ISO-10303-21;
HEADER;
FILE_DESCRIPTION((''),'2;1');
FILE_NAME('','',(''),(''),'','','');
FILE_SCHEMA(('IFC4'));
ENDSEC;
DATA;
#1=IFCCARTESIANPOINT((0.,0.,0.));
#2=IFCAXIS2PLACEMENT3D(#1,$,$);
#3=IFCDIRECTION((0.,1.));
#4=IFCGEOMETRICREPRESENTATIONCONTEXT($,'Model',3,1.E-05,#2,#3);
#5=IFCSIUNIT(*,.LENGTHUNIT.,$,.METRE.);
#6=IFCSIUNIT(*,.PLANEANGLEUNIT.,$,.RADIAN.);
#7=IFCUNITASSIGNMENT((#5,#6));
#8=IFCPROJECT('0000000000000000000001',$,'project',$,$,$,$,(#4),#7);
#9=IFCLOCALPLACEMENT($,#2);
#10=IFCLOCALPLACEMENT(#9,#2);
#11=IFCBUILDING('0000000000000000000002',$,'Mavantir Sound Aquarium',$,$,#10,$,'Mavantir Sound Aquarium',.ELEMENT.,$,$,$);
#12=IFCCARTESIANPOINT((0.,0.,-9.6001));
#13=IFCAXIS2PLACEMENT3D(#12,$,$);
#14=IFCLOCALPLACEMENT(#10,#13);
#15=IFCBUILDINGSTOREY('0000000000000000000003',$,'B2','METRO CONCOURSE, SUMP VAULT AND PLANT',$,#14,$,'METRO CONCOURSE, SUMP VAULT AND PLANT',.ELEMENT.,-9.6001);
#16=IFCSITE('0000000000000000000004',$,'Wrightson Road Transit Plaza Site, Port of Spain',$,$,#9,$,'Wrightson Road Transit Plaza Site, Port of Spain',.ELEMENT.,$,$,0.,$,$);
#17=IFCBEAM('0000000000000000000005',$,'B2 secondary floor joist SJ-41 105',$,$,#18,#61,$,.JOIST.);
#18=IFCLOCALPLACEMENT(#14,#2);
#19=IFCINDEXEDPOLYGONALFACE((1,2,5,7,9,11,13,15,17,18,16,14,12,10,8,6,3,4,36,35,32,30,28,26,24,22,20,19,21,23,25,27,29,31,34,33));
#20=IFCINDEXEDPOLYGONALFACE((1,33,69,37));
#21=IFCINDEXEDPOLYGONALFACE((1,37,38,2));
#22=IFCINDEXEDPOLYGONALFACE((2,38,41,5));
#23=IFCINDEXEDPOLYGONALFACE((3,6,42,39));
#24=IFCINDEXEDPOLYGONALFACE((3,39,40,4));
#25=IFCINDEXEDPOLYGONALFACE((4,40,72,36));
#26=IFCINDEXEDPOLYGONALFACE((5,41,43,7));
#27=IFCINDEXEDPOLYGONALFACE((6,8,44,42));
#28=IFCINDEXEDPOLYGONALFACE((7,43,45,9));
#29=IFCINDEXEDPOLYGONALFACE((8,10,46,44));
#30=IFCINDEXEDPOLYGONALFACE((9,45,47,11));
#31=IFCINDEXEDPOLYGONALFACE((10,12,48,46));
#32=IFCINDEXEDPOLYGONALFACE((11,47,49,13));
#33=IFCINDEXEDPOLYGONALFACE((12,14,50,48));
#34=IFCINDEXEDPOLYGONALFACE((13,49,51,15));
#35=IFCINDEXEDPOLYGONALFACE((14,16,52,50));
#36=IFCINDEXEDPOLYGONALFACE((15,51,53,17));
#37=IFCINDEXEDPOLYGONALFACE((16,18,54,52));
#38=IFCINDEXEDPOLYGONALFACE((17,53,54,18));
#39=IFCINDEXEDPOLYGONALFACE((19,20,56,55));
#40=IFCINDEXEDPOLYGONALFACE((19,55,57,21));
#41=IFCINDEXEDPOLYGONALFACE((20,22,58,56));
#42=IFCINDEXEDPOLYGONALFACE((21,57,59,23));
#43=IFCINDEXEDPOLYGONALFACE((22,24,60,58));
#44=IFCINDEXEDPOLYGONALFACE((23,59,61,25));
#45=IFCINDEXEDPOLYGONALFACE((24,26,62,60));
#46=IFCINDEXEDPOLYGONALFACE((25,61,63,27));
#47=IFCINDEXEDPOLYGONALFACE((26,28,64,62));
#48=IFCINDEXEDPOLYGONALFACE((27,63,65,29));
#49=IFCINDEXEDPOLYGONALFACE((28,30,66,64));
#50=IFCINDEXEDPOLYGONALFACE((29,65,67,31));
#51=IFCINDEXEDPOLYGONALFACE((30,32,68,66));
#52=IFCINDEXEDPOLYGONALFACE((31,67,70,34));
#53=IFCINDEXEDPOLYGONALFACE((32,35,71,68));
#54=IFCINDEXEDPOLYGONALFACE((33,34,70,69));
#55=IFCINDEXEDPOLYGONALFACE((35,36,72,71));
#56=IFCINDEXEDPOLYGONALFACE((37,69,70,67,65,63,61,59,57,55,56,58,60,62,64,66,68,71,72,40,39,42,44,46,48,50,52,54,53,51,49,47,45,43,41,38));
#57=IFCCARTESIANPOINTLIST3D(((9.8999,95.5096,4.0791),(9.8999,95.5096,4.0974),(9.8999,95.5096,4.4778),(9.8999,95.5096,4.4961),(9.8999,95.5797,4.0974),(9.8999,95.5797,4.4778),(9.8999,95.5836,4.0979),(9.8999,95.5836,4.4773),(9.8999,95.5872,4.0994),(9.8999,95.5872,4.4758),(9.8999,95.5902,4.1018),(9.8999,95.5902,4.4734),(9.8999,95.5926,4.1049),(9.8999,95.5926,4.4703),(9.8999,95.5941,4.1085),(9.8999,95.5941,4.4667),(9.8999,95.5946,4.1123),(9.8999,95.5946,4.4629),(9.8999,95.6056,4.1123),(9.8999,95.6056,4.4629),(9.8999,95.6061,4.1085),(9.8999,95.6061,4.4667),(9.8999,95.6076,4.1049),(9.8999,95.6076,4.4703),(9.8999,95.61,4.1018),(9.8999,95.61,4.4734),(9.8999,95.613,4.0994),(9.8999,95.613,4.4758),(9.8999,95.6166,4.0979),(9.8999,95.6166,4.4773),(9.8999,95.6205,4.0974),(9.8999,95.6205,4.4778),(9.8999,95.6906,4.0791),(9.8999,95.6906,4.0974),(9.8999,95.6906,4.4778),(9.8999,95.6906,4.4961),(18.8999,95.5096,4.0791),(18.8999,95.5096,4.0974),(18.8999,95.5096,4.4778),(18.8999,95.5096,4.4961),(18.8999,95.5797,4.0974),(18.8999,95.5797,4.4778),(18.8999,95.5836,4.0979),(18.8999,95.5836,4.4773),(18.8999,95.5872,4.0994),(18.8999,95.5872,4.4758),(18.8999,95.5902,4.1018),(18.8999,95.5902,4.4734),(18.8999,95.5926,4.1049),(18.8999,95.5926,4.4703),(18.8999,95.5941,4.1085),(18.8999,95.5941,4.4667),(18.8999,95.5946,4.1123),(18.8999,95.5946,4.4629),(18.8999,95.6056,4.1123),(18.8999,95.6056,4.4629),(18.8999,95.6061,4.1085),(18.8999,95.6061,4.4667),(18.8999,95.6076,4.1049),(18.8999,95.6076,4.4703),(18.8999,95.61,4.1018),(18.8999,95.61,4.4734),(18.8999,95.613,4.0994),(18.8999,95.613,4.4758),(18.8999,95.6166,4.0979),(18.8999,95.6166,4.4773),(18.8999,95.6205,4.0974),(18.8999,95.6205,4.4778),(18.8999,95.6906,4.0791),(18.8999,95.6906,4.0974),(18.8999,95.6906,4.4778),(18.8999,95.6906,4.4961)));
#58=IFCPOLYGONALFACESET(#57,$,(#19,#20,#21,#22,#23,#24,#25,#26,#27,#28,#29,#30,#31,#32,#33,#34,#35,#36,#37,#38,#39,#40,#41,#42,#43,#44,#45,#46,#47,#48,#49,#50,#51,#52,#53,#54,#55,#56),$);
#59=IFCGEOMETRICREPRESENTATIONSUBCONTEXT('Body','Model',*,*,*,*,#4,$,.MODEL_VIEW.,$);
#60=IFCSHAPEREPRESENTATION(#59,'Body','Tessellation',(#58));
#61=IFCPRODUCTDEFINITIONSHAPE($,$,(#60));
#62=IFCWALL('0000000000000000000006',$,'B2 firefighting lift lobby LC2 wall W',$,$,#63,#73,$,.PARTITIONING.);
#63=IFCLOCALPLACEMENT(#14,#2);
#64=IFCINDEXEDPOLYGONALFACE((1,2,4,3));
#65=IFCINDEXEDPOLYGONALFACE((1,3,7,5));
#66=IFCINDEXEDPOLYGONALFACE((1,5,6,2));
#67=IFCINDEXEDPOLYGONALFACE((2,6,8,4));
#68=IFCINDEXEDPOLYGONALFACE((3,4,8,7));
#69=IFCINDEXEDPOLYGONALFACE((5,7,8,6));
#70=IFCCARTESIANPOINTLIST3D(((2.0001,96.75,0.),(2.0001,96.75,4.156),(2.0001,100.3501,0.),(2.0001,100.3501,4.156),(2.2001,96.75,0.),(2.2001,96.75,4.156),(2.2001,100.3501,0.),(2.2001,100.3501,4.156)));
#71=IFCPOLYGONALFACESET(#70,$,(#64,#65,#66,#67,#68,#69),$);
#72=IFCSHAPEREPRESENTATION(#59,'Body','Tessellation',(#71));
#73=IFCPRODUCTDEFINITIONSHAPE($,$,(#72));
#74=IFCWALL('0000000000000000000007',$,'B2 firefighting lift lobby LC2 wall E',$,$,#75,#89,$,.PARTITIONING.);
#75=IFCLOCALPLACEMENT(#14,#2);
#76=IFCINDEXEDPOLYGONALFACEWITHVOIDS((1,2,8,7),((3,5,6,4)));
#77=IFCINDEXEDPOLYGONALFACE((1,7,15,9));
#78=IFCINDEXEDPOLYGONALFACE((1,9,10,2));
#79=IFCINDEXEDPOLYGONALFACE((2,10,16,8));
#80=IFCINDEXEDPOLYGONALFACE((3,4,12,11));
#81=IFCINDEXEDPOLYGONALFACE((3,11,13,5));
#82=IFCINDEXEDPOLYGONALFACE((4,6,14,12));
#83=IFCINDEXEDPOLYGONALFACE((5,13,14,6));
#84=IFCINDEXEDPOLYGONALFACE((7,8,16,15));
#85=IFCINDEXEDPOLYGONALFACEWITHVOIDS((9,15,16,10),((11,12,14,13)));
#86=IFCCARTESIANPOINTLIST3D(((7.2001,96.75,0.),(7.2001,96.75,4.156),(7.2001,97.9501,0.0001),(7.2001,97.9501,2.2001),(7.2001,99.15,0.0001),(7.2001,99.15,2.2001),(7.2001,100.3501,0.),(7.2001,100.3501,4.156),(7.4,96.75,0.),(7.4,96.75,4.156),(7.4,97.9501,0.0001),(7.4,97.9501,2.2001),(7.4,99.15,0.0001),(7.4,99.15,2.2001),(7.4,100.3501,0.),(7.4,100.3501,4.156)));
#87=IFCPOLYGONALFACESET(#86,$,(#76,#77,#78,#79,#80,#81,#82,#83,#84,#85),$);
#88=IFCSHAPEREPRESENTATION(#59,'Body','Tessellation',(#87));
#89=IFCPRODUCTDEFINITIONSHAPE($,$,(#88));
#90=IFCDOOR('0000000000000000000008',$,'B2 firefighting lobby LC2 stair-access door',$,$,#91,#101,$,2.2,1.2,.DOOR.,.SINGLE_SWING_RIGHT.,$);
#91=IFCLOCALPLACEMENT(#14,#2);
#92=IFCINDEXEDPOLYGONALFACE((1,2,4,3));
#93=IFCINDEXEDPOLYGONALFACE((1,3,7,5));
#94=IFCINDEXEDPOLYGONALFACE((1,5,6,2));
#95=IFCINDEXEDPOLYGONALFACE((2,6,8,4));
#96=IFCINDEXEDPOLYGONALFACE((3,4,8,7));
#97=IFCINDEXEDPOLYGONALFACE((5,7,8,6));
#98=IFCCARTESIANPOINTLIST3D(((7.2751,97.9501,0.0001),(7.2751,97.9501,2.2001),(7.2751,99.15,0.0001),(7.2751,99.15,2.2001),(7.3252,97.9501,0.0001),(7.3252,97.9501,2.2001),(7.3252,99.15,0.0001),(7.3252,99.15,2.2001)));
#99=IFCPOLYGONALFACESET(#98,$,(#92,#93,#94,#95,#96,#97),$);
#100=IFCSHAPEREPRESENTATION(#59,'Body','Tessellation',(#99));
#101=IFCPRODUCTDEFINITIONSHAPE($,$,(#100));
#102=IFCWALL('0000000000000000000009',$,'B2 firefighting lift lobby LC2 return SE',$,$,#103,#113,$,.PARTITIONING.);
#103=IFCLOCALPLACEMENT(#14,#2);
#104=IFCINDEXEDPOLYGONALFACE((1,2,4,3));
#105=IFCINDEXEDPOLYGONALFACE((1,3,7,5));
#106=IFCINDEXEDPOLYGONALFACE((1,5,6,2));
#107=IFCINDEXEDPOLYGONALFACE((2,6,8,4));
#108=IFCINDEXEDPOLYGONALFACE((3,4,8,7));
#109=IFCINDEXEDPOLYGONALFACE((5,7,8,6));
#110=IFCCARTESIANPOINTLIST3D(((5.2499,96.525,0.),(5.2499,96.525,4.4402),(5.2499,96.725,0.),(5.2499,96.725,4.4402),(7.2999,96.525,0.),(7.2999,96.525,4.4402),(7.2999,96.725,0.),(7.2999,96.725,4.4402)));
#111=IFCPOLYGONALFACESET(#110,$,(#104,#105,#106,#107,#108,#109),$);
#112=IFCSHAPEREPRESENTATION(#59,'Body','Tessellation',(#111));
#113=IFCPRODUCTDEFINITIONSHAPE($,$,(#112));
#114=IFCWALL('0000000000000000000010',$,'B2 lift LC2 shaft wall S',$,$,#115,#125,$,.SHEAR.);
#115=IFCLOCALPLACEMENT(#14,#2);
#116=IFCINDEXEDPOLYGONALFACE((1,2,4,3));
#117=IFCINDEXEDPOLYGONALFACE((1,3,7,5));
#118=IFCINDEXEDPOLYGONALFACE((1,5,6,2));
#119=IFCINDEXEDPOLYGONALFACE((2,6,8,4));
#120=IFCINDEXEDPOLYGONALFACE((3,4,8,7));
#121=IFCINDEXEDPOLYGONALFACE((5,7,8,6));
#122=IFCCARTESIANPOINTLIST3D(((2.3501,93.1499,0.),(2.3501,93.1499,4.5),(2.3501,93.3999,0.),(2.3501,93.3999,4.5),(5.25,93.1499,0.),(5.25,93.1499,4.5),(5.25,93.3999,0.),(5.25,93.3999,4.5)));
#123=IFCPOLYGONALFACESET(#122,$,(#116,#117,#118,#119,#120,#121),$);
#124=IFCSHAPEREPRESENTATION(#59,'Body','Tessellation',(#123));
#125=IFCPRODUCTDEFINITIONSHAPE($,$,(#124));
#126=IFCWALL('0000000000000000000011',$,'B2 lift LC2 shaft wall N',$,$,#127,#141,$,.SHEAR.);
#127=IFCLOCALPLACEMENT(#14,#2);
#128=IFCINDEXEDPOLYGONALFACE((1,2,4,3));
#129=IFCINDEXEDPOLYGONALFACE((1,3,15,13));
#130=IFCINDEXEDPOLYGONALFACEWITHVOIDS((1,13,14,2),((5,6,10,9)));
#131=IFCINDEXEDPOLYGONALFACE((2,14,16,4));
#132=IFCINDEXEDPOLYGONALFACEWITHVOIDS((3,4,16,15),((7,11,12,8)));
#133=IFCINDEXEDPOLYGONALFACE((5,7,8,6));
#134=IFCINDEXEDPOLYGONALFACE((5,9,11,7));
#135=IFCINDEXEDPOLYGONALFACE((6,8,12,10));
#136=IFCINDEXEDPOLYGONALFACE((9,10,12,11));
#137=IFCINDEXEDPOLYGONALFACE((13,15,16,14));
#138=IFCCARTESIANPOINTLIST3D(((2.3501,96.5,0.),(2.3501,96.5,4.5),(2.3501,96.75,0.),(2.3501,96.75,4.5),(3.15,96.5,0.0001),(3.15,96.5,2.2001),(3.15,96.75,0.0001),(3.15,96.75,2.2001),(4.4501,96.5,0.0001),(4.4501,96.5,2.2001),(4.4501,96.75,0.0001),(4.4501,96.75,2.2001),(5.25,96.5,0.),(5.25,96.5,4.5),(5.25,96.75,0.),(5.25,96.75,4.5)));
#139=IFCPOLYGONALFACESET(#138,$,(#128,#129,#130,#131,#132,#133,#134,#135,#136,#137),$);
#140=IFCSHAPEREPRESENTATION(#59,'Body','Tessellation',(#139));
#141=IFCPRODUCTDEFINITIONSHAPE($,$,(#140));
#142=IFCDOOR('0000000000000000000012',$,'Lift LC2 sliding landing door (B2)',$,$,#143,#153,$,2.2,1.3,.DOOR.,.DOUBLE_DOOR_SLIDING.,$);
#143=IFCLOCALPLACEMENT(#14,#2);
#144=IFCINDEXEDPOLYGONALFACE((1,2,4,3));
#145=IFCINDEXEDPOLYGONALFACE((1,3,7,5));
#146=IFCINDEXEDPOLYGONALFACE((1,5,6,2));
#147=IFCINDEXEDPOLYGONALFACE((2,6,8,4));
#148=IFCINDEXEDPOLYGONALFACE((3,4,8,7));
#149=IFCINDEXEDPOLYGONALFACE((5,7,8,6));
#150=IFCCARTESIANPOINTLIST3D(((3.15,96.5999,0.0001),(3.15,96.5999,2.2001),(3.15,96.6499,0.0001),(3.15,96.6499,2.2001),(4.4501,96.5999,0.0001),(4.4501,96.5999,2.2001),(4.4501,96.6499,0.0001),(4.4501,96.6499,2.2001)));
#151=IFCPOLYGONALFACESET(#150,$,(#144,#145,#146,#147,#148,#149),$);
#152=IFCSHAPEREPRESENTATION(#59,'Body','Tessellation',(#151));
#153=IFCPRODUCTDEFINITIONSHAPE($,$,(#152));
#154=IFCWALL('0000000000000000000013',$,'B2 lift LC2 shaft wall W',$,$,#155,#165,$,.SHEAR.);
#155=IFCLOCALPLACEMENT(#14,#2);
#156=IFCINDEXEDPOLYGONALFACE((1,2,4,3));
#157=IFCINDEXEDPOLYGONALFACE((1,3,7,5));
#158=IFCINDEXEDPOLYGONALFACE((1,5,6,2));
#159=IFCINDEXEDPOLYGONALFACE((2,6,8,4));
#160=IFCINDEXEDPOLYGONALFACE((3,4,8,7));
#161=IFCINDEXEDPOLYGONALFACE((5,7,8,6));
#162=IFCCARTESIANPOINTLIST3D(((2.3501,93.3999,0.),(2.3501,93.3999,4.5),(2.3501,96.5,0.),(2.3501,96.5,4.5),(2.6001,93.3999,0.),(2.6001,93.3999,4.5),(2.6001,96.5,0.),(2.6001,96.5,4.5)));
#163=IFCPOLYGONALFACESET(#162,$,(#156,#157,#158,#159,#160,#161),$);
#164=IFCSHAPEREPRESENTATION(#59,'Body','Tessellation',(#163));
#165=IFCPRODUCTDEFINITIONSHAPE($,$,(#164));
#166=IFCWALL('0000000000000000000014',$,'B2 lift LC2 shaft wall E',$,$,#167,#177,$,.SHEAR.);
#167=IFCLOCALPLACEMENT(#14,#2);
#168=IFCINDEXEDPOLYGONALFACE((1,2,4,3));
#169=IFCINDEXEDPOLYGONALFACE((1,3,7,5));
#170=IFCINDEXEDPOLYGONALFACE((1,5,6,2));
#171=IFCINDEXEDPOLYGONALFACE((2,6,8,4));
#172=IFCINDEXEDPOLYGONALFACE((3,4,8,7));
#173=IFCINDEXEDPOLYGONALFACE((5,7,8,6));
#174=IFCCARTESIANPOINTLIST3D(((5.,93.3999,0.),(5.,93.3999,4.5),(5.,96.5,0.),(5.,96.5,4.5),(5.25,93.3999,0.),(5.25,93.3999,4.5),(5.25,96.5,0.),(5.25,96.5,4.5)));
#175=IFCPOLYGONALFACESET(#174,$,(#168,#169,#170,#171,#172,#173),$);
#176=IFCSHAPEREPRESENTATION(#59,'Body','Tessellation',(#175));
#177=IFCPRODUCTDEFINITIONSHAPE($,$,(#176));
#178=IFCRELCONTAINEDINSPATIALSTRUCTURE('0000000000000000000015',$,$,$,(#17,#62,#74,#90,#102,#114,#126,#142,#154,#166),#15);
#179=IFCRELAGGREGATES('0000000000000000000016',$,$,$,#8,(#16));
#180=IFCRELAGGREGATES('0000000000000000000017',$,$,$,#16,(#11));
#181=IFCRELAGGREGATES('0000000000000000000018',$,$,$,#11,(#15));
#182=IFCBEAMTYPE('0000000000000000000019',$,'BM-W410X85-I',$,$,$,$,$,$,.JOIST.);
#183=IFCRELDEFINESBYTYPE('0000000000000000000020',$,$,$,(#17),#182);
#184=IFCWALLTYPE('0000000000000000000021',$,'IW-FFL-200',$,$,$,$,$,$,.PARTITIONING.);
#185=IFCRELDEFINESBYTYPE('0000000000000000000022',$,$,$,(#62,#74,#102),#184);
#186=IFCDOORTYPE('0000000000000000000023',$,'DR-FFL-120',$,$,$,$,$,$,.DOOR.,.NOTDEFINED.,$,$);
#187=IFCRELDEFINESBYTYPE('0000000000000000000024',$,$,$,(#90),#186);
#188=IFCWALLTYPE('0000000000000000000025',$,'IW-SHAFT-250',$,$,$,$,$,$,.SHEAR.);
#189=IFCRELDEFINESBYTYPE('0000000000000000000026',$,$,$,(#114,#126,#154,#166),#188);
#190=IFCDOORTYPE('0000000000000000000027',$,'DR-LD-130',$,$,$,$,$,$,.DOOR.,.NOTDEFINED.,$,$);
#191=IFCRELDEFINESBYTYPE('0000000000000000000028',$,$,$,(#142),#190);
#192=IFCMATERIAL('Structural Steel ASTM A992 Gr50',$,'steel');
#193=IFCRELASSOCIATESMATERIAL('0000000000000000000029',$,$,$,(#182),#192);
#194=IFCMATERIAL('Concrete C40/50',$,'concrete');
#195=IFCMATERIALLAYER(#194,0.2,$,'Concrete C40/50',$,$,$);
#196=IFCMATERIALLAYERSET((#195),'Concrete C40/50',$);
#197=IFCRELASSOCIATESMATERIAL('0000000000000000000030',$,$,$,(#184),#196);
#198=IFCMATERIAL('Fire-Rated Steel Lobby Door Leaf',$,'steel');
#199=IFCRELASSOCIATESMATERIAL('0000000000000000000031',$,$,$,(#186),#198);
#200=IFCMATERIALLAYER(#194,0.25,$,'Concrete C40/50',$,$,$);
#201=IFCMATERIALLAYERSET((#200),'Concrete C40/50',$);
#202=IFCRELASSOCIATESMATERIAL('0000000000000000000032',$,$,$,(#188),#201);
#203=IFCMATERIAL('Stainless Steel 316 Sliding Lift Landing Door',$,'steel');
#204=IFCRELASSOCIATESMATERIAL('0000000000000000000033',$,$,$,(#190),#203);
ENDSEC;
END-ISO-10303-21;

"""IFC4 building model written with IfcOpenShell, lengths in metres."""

from ifc_helpers import new_model, si_unit, direction, frame, frame_2d, origin, origin_2d, place, context, subcontext, project, spatial, rectangle, i_section, extrude, material, layer, layer_set, material_profile, profile_set, type_object, element, fill, save


model = new_model("IFC4")

# Units and contexts
model_context = context("Model", 3, precision=1e-05, world=origin(), true_north=direction((0.0, 1.0)))
body_context = subcontext(model_context, "Body", "Model", "MODEL_VIEW")
ifc_project = project(units=[si_unit("LENGTHUNIT", "METRE"), si_unit("PLANEANGLEUNIT", "RADIAN")], contexts=[model_context])

# Site, building, storey
site_placement = place(None, origin())
site = spatial("IfcSite", under=ifc_project, at=site_placement, Name="Wrightson Road Transit Plaza Site, Port of Spain", LongName="Wrightson Road Transit Plaza Site, Port of Spain", CompositionType="ELEMENT", RefElevation=0.0)
building_placement = place(site_placement, origin())
building = spatial("IfcBuilding", under=site, at=building_placement, Name="Mavantir Sound Aquarium", LongName="Mavantir Sound Aquarium", CompositionType="ELEMENT")
storey_placement = place(building_placement, frame((0.0, 0.0, -9.6001)))
storey = spatial("IfcBuildingStorey", under=building, at=storey_placement, Name="B2", Description="METRO CONCOURSE, SUMP VAULT AND PLANT", LongName="METRO CONCOURSE, SUMP VAULT AND PLANT", CompositionType="ELEMENT", Elevation=-9.6001)

# Shared definitions
ifc_material_1 = material(Name="Concrete C40/50", Category="concrete")

# Beam
ifc_material_2 = material(Name="Structural Steel ASTM A992 Gr50", Category="steel")
ifc_material_profile_1 = material_profile(ifc_material_2, i_section(OverallWidth=0.1809, OverallDepth=0.417, WebThickness=0.011, FlangeThickness=0.0183, FilletRadius=0.0149, at=origin_2d()), Name="W410X85")
ifc_profile_set_1 = profile_set([ifc_material_profile_1], Name="Structural Steel ASTM A992 Gr50")
beam_type_1 = type_object("IfcBeamType", Name="BM-W410X85-I", PredefinedType="JOIST", material=ifc_profile_set_1)
beam_1_placement = place(storey_placement, frame((9.8999, 95.6001, 4.2876), z_axis=(1.0, 0.0, 0.0), x_axis=(0.0, 1.0, 0.0)))
element("IfcBeam", 1, at=beam_1_placement, inside=storey, type_object=beam_type_1, Name="B2 secondary floor joist SJ-41 105", PredefinedType="JOIST", context=body_context, shape_type="SweptSolid", body=[
    extrude(i_section(OverallWidth=0.1809, OverallDepth=0.417, WebThickness=0.011, FlangeThickness=0.0183, FilletRadius=0.0149, at=origin_2d()), origin(), (0.0, 0.0, 1.0), 9.0),
])

# Wall
ifc_layer_1 = layer(ifc_material_1, 0.2, Name="Concrete C40/50")
ifc_layer_set_1 = layer_set([ifc_layer_1], Name="Concrete C40/50")
wall_type_1 = type_object("IfcWallType", Name="IW-FFL-200", PredefinedType="PARTITIONING", material=ifc_layer_set_1)
wall_1_placement = place(storey_placement, frame((2.1001, 96.75, 0.0), z_axis=(0.0, 0.0, 1.0), x_axis=(0.0, 1.0, 0.0)))
element("IfcWall", 2, at=wall_1_placement, inside=storey, type_object=wall_type_1, Name="B2 firefighting lift lobby LC2 wall W", PredefinedType="PARTITIONING", context=body_context, shape_type="SweptSolid", body=[
    extrude(rectangle(XDim=3.6001, YDim=0.2, at=frame_2d((1.8, 0.0))), origin(), (0.0, 0.0, 1.0), 4.156),
])

# Wall, opening, door
wall_2_placement = place(storey_placement, frame((7.3, 96.75, 0.0), z_axis=(0.0, 0.0, 1.0), x_axis=(0.0, 1.0, 0.0)))
wall_2 = element("IfcWall", 3, at=wall_2_placement, inside=storey, type_object=wall_type_1, Name="B2 firefighting lift lobby LC2 wall E", PredefinedType="PARTITIONING", context=body_context, shape_type="SweptSolid", body=[
    extrude(rectangle(XDim=3.6001, YDim=0.2, at=frame_2d((1.8, 0.0))), origin(), (0.0, 0.0, 1.0), 4.156),
])
opening_1_placement = place(wall_2_placement, frame((1.2, 0.0, 0.0)))
opening_1 = element("IfcOpeningElement", 4, at=opening_1_placement, cuts=wall_2, PredefinedType="OPENING", context=body_context, shape_type="SweptSolid", body=[
    extrude(rectangle(XDim=1.2, YDim=2.2, at=frame_2d((0.6001, 1.1001))), frame((0.0, 0.1099, 0.0), z_axis=(0.0, -1.0, 0.0), x_axis=(1.0, 0.0, 0.0)), (0.0, 0.0, 1.0), 0.22),
])
ifc_material_3 = material(Name="Fire-Rated Steel Lobby Door Leaf", Category="steel")
door_type_1 = type_object("IfcDoorType", Name="DR-FFL-120", OperationType="NOTDEFINED", PredefinedType="DOOR", material=ifc_material_3)
door_1_placement = place(opening_1_placement, origin())
door_1 = element("IfcDoor", 5, at=door_1_placement, inside=storey, type_object=door_type_1, Name="B2 firefighting lobby LC2 stair-access door", OperationType="SINGLE_SWING_RIGHT", OverallHeight=2.2, OverallWidth=1.2, PredefinedType="DOOR", context=body_context, shape_type="SweptSolid", body=[
    extrude(rectangle(XDim=1.2, YDim=2.2, at=frame_2d((0.6001, 1.1001))), frame((0.0, 0.0249, 0.0), z_axis=(0.0, -1.0, 0.0), x_axis=(1.0, 0.0, 0.0)), (0.0, 0.0, 1.0), 0.05),
])
fill(opening_1, door_1)

# Walls
wall_3_placement = place(storey_placement, frame((5.25, 96.625, 0.0), z_axis=(0.0, 0.0, 1.0), x_axis=(1.0, 0.0, 0.0)))
element("IfcWall", 6, at=wall_3_placement, inside=storey, type_object=wall_type_1, Name="B2 firefighting lift lobby LC2 return SE", PredefinedType="PARTITIONING", context=body_context, shape_type="SweptSolid", body=[
    extrude(rectangle(XDim=2.05, YDim=0.2, at=frame_2d((1.0249, 0.0))), origin(), (0.0, 0.0, 1.0), 4.4402),
])
ifc_layer_2 = layer(ifc_material_1, 0.25, Name="Concrete C40/50")
ifc_layer_set_2 = layer_set([ifc_layer_2], Name="Concrete C40/50")
wall_type_2 = type_object("IfcWallType", Name="IW-SHAFT-250", PredefinedType="SHEAR", material=ifc_layer_set_2)
wall_4_placement = place(storey_placement, frame((2.3501, 93.2749, 0.0), z_axis=(0.0, 0.0, 1.0), x_axis=(1.0, 0.0, 0.0)))
element("IfcWall", 7, at=wall_4_placement, inside=storey, type_object=wall_type_2, Name="B2 lift LC2 shaft wall S", PredefinedType="SHEAR", context=body_context, shape_type="SweptSolid", body=[
    extrude(rectangle(XDim=2.8999, YDim=0.25, at=frame_2d((1.45, 0.0))), origin(), (0.0, 0.0, 1.0), 4.5),
])

# Wall, opening, door
wall_5_placement = place(storey_placement, frame((2.3501, 96.625, 0.0), z_axis=(0.0, 0.0, 1.0), x_axis=(1.0, 0.0, 0.0)))
wall_5 = element("IfcWall", 8, at=wall_5_placement, inside=storey, type_object=wall_type_2, Name="B2 lift LC2 shaft wall N", PredefinedType="SHEAR", context=body_context, shape_type="SweptSolid", body=[
    extrude(rectangle(XDim=2.8999, YDim=0.25, at=frame_2d((1.45, 0.0))), origin(), (0.0, 0.0, 1.0), 4.5),
])
opening_2_placement = place(wall_5_placement, frame((0.8, 0.0, 0.0)))
opening_2 = element("IfcOpeningElement", 9, at=opening_2_placement, cuts=wall_5, PredefinedType="OPENING", context=body_context, shape_type="SweptSolid", body=[
    extrude(rectangle(XDim=1.3, YDim=2.2, at=frame_2d((0.6499, 1.1001))), frame((0.0, 0.135, 0.0), z_axis=(0.0, -1.0, 0.0), x_axis=(1.0, 0.0, 0.0)), (0.0, 0.0, 1.0), 0.27),
])
ifc_material_4 = material(Name="Stainless Steel 316 Sliding Lift Landing Door", Category="steel")
door_type_2 = type_object("IfcDoorType", Name="DR-LD-130", OperationType="NOTDEFINED", PredefinedType="DOOR", material=ifc_material_4)
door_2_placement = place(opening_2_placement, origin())
door_2 = element("IfcDoor", 10, at=door_2_placement, inside=storey, type_object=door_type_2, Name="Lift LC2 sliding landing door (B2)", OperationType="DOUBLE_DOOR_SLIDING", OverallHeight=2.2, OverallWidth=1.3, PredefinedType="DOOR", context=body_context, shape_type="SweptSolid", body=[
    extrude(rectangle(XDim=1.3, YDim=2.2, at=frame_2d((0.6499, 1.1001))), frame((0.0, 0.0249, 0.0), z_axis=(0.0, -1.0, 0.0), x_axis=(1.0, 0.0, 0.0)), (0.0, 0.0, 1.0), 0.05),
])
fill(opening_2, door_2)

# Walls
for number, where, z_axis, x_axis, name in (
    (11, (2.4751, 93.3999, 0.0), (0.0, 0.0, 1.0), (0.0, 1.0, 0.0), "B2 lift LC2 shaft wall W"),
    (12, (5.125, 93.3999, 0.0), (0.0, 0.0, 1.0), (0.0, 1.0, 0.0), "B2 lift LC2 shaft wall E"),
):
    element("IfcWall", number, at=place(storey_placement, frame(where, z_axis=z_axis, x_axis=x_axis)), inside=storey, type_object=wall_type_2, Name=name, PredefinedType="SHEAR", context=body_context, shape_type="SweptSolid", body=[
        extrude(rectangle(XDim=3.1001, YDim=0.25, at=frame_2d((1.55, 0.0))), origin(), (0.0, 0.0, 1.0), 4.5),
    ])

save(model, "model.ifc")
